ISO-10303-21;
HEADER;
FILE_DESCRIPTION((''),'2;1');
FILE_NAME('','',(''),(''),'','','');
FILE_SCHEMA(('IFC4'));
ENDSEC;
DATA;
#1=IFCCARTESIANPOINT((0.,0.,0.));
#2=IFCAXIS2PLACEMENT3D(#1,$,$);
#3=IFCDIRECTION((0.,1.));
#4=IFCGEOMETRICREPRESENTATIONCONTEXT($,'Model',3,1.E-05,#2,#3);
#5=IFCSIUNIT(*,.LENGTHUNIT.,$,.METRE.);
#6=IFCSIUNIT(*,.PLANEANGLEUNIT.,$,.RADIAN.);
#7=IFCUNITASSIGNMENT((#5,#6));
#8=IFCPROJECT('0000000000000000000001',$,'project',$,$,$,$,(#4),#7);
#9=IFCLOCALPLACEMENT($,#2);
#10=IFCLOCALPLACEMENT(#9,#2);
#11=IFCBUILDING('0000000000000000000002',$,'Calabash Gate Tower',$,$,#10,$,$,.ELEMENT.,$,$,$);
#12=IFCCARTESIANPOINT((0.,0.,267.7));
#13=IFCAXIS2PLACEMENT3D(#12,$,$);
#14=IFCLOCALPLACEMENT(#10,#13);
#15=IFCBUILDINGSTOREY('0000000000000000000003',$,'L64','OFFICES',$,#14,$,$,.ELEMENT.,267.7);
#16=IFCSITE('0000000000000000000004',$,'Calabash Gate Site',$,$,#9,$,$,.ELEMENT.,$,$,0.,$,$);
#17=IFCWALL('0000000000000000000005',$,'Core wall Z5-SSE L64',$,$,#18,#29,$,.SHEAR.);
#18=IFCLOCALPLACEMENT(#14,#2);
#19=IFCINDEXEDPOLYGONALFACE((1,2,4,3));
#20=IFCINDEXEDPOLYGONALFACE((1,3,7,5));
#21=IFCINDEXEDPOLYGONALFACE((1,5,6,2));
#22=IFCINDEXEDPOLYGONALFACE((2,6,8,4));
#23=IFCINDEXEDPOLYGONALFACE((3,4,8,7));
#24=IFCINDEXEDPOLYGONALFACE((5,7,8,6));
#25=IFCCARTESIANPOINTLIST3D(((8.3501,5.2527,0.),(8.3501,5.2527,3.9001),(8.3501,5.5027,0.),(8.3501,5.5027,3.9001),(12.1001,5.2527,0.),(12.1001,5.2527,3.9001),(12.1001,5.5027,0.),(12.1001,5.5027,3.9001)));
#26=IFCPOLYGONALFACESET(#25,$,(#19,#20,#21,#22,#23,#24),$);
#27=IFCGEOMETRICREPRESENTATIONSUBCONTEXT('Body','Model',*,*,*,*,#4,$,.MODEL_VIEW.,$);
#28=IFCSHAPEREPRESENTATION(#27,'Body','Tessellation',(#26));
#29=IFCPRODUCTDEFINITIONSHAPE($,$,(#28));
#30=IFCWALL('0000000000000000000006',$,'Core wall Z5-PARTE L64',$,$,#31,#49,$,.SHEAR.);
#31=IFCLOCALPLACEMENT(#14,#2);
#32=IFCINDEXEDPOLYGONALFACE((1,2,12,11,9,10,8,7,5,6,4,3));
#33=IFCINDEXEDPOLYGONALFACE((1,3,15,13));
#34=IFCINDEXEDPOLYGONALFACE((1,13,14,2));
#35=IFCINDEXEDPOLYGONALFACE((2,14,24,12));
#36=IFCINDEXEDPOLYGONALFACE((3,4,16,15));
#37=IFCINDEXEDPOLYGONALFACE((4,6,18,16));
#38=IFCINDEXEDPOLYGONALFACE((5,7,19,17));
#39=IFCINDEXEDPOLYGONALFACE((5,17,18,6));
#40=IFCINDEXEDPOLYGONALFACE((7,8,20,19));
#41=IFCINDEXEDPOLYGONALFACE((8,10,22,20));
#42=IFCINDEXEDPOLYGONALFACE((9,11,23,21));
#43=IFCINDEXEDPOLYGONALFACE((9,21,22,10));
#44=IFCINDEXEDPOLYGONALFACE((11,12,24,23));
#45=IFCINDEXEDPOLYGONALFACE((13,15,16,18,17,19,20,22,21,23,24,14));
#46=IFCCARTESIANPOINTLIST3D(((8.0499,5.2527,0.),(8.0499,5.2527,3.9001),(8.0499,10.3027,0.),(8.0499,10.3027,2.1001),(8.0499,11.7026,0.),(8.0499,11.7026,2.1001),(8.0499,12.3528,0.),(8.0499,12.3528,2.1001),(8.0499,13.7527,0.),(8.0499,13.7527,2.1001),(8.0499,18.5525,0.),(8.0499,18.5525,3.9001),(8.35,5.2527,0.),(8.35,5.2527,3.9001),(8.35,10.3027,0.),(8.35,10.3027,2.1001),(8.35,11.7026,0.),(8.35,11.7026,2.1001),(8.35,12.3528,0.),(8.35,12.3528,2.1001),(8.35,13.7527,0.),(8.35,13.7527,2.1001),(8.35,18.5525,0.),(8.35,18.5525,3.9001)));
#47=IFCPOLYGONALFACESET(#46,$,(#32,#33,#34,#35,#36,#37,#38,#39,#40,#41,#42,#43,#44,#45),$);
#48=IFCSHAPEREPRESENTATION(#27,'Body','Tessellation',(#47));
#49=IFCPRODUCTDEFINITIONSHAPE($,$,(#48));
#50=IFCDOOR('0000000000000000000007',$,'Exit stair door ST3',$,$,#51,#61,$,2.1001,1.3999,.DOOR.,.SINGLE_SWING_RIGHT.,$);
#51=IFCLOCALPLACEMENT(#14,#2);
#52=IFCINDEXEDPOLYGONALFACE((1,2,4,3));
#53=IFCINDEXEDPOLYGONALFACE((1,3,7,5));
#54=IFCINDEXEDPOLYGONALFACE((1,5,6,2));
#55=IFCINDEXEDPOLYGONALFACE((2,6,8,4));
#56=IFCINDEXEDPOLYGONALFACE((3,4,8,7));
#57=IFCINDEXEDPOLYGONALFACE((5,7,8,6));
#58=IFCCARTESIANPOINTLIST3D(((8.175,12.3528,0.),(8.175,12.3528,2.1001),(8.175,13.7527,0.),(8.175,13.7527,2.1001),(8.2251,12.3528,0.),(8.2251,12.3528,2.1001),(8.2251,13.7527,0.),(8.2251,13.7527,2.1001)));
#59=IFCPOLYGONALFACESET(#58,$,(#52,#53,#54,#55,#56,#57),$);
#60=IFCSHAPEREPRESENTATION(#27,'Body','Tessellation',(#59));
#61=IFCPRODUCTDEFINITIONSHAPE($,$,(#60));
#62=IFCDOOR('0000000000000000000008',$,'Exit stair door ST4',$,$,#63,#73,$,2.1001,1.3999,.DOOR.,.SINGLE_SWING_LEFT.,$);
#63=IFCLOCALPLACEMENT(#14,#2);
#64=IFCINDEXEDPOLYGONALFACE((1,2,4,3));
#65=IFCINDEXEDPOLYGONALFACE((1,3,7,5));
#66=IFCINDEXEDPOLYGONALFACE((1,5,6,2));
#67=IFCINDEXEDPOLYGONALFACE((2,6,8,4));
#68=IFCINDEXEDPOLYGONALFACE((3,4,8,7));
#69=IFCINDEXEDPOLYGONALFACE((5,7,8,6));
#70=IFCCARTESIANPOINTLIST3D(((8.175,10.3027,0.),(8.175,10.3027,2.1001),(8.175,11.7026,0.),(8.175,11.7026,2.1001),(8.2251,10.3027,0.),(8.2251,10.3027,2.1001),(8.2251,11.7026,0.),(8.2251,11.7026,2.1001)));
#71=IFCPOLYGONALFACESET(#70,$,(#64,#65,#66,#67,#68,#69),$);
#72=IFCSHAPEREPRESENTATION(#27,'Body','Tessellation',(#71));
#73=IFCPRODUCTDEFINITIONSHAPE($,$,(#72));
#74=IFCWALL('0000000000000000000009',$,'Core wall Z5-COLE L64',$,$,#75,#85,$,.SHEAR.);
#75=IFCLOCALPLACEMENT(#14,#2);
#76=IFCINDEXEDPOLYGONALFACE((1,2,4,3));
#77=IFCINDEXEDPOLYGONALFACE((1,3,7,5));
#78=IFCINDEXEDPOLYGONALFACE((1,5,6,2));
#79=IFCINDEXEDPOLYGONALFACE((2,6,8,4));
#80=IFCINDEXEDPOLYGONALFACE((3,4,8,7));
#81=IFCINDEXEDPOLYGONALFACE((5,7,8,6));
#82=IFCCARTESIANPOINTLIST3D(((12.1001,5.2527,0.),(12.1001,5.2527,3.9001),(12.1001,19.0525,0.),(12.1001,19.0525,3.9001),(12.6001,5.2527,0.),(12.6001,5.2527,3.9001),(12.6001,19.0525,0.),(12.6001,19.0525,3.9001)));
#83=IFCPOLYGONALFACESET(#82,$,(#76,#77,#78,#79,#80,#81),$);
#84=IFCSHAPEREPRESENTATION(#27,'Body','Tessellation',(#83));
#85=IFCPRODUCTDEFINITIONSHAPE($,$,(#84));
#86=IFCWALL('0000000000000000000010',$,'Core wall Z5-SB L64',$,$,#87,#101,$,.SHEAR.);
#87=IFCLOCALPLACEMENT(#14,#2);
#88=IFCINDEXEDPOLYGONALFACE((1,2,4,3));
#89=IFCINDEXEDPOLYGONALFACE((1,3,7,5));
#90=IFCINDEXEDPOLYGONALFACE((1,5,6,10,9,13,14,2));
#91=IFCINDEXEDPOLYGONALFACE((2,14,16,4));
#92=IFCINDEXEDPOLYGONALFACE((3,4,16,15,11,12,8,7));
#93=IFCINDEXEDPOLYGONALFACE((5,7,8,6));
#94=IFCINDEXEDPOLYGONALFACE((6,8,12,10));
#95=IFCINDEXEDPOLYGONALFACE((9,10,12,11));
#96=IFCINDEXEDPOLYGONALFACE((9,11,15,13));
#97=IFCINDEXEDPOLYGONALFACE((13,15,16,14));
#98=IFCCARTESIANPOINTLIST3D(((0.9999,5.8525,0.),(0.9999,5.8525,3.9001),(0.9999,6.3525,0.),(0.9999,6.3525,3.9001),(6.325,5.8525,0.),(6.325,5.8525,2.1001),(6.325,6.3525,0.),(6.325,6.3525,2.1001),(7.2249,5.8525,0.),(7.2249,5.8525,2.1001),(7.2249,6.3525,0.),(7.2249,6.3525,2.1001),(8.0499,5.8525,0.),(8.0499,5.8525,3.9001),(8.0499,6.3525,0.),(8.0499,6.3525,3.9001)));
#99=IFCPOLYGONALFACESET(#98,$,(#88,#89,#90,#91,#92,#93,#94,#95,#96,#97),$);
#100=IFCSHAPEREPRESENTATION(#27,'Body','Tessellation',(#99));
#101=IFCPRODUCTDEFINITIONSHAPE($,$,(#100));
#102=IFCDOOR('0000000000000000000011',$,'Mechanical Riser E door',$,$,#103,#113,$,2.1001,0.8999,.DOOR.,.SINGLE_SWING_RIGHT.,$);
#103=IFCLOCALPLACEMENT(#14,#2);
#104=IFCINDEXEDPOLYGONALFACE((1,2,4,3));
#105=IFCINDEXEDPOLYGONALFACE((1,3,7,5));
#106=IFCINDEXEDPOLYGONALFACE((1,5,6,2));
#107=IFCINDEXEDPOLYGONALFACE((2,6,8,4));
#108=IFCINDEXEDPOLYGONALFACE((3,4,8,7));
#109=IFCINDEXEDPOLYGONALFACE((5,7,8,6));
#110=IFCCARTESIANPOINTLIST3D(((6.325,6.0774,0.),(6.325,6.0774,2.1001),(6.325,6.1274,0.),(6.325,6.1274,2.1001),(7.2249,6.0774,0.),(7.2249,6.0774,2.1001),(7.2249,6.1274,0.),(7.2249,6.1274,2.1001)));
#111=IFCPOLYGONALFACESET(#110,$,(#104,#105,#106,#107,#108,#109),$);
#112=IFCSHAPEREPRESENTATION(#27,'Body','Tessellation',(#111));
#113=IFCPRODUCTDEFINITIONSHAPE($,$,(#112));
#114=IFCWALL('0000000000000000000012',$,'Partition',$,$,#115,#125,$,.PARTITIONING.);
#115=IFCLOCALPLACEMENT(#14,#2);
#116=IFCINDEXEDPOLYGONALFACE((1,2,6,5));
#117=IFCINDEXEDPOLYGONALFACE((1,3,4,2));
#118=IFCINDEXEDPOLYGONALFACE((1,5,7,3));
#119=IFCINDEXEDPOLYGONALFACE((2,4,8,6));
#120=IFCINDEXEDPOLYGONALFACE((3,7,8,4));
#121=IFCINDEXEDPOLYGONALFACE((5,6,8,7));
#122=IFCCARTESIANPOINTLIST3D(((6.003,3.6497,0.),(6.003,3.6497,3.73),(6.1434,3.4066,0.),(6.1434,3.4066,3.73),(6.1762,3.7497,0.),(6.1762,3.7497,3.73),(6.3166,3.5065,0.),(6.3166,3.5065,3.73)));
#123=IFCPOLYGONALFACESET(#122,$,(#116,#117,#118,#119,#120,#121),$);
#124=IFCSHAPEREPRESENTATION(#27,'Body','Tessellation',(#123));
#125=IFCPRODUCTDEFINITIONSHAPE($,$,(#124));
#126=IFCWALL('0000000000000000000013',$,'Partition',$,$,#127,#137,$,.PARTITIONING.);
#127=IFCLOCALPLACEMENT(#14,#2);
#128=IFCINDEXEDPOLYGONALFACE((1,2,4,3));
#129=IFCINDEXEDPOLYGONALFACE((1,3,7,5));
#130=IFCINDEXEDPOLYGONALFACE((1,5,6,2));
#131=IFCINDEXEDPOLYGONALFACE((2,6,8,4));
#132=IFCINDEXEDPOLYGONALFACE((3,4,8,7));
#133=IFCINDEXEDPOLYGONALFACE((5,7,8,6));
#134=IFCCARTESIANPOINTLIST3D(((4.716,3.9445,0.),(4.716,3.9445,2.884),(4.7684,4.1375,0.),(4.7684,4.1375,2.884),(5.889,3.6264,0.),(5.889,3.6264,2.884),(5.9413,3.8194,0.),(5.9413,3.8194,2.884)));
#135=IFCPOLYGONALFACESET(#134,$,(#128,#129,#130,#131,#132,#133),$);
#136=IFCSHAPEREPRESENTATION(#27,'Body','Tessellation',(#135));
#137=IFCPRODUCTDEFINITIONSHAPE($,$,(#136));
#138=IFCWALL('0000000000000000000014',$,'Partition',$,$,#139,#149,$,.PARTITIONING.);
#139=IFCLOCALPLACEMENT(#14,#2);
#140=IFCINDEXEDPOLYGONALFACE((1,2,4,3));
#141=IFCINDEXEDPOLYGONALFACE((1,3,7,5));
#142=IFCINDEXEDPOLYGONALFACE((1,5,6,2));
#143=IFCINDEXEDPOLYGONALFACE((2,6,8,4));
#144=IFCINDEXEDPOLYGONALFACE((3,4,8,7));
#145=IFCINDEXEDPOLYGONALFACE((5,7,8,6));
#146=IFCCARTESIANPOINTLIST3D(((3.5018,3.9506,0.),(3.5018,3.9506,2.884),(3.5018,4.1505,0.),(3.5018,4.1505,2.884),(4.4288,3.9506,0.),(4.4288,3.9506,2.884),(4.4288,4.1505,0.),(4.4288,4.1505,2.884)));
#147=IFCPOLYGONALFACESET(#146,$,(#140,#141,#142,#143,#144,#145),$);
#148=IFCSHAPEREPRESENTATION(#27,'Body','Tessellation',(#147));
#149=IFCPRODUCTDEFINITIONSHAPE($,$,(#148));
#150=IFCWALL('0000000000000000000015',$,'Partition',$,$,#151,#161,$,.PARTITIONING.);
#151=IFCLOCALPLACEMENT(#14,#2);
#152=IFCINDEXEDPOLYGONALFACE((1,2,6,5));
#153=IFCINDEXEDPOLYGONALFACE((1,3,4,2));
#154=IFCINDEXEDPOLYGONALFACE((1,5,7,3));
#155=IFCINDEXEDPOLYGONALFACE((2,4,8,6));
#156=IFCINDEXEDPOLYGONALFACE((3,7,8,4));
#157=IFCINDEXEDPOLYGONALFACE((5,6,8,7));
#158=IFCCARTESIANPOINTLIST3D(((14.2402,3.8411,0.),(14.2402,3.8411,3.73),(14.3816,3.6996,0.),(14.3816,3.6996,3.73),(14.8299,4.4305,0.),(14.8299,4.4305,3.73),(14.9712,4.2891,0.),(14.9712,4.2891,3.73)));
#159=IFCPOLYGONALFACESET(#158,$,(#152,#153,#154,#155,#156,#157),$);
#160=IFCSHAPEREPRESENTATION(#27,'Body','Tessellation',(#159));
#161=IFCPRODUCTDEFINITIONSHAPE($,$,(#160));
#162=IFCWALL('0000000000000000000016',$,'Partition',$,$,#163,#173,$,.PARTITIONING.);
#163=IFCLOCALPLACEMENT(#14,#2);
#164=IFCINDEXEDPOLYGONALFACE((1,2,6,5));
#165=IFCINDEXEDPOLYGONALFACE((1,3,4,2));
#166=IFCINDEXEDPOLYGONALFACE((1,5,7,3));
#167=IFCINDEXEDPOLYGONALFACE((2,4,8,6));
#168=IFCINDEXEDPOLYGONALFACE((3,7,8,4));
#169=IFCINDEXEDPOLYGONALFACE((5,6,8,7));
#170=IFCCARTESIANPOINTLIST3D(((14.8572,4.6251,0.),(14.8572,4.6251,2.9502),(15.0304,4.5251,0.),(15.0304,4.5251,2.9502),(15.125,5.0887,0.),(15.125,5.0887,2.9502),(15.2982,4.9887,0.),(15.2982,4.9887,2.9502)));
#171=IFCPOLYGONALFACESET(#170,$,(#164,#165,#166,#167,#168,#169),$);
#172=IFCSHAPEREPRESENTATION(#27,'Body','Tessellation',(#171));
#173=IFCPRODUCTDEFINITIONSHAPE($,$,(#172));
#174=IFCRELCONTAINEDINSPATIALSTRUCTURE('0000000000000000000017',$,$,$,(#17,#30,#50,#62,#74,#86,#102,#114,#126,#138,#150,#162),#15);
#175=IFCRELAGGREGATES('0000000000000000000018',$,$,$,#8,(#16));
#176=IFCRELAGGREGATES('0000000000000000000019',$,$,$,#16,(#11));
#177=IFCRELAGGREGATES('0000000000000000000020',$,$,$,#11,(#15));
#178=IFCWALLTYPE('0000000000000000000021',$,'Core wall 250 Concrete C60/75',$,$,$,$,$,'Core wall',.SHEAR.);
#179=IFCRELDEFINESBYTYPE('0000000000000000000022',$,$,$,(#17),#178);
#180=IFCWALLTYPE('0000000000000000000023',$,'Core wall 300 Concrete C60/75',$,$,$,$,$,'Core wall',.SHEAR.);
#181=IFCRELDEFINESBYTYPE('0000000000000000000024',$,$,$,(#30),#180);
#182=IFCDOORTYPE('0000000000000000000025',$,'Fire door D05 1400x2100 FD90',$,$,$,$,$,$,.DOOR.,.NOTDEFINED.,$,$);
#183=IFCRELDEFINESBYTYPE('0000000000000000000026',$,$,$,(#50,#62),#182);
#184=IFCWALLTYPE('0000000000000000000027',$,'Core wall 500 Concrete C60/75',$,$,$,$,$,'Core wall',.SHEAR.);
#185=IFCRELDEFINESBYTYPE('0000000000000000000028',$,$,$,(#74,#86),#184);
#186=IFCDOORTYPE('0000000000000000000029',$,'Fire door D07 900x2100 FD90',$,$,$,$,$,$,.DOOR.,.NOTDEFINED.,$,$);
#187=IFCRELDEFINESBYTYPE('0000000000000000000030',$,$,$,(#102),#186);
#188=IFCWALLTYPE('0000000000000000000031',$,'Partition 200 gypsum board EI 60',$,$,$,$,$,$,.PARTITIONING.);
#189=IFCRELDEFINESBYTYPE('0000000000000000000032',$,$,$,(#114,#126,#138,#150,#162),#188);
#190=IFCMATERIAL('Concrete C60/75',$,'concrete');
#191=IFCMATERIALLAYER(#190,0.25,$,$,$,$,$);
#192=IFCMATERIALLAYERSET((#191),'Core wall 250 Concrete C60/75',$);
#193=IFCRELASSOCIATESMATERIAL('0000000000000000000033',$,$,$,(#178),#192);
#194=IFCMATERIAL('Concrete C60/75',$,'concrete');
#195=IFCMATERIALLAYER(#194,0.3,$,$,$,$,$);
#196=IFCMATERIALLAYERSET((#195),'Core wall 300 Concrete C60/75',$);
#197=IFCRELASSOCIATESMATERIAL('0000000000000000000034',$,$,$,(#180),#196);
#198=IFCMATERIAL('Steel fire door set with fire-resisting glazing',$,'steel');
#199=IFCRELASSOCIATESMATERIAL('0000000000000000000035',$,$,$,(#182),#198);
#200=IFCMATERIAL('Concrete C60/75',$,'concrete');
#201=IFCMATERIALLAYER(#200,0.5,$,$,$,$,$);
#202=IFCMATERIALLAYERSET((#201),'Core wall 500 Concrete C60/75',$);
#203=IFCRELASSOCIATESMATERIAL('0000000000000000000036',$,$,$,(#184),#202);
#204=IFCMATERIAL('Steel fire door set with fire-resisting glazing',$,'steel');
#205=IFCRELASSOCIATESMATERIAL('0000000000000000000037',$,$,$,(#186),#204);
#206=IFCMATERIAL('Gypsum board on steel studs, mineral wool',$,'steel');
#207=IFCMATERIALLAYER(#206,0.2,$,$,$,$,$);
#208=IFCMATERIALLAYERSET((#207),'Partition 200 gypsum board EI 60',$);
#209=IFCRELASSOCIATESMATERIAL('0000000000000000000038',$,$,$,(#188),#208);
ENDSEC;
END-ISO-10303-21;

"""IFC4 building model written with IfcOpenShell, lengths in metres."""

from ifc_helpers import new_model, si_unit, direction, frame, frame_2d, origin, place, context, subcontext, project, spatial, rectangle, extrude, material, layer, layer_set, type_object, element, fill, save


model = new_model("IFC4")

# Units and contexts
model_context = context("Model", 3, precision=1e-05, world=origin(), true_north=direction((0.0, 1.0)))
body_context = subcontext(model_context, "Body", "Model", "MODEL_VIEW")
ifc_project = project(units=[si_unit("LENGTHUNIT", "METRE"), si_unit("PLANEANGLEUNIT", "RADIAN")], contexts=[model_context])

# Site, building, storey
site_placement = place(None, origin())
site = spatial("IfcSite", under=ifc_project, at=site_placement, Name="Calabash Gate Site", CompositionType="ELEMENT", RefElevation=0.0)
building_placement = place(site_placement, origin())
building = spatial("IfcBuilding", under=site, at=building_placement, Name="Calabash Gate Tower", CompositionType="ELEMENT")
storey_placement = place(building_placement, frame((0.0, 0.0, 267.7)))
storey = spatial("IfcBuildingStorey", under=building, at=storey_placement, Name="L64", Description="OFFICES", CompositionType="ELEMENT", Elevation=267.7)

# Wall
ifc_material_1 = material(Name="Concrete C60/75", Category="concrete")
ifc_layer_1 = layer(ifc_material_1, 0.25)
ifc_layer_set_1 = layer_set([ifc_layer_1], Name="Core wall 250 Concrete C60/75")
wall_type_1 = type_object("IfcWallType", Name="Core wall 250 Concrete C60/75", ElementType="Core wall", PredefinedType="SHEAR", material=ifc_layer_set_1)
wall_1_placement = place(storey_placement, frame((8.3501, 5.3777, 0.0), z_axis=(0.0, 0.0, 1.0), x_axis=(1.0, 0.0, 0.0)))
element("IfcWall", 1, at=wall_1_placement, inside=storey, type_object=wall_type_1, Name="Core wall Z5-SSE L64", PredefinedType="SHEAR", context=body_context, shape_type="SweptSolid", body=[
    extrude(rectangle(XDim=3.75, YDim=0.25, at=frame_2d((1.875, 0.0))), origin(), (0.0, 0.0, 1.0), 3.9001),
])

# Wall, openings, doors
ifc_material_2 = material(Name="Concrete C60/75", Category="concrete")
ifc_layer_2 = layer(ifc_material_2, 0.3)
ifc_layer_set_2 = layer_set([ifc_layer_2], Name="Core wall 300 Concrete C60/75")
wall_type_2 = type_object("IfcWallType", Name="Core wall 300 Concrete C60/75", ElementType="Core wall", PredefinedType="SHEAR", material=ifc_layer_set_2)
wall_2_placement = place(storey_placement, frame((8.2, 5.2527, 0.0), z_axis=(0.0, 0.0, 1.0), x_axis=(0.0, 1.0, 0.0)))
wall_2 = element("IfcWall", 2, at=wall_2_placement, inside=storey, type_object=wall_type_2, Name="Core wall Z5-PARTE L64", PredefinedType="SHEAR", context=body_context, shape_type="SweptSolid", body=[
    extrude(rectangle(XDim=13.2998, YDim=0.3, at=frame_2d((6.6499, 0.0))), origin(), (0.0, 0.0, 1.0), 3.9001),
])
opening_1_placement = place(wall_2_placement, frame((7.1001, 0.0, 0.0)))
opening_1 = element("IfcOpeningElement", 3, at=opening_1_placement, cuts=wall_2, PredefinedType="OPENING", context=body_context, shape_type="SweptSolid", body=[
    extrude(rectangle(XDim=1.3999, YDim=2.1001, at=frame_2d((0.7, 1.05))), frame((0.0, 0.1599, 0.0), z_axis=(0.0, -1.0, 0.0), x_axis=(1.0, 0.0, 0.0)), (0.0, 0.0, 1.0), 0.3201),
])
opening_2_placement = place(wall_2_placement, frame((5.05, 0.0, 0.0)))
opening_2 = element("IfcOpeningElement", 4, at=opening_2_placement, cuts=wall_2, PredefinedType="OPENING", context=body_context, shape_type="SweptSolid", body=[
    extrude(rectangle(XDim=1.3999, YDim=2.1001, at=frame_2d((0.7, 1.05))), frame((0.0, 0.1599, 0.0), z_axis=(0.0, -1.0, 0.0), x_axis=(1.0, 0.0, 0.0)), (0.0, 0.0, 1.0), 0.3201),
])
ifc_material_3 = material(Name="Steel fire door set with fire-resisting glazing", Category="steel")
door_type_1 = type_object("IfcDoorType", Name="Fire door D05 1400x2100 FD90", OperationType="NOTDEFINED", PredefinedType="DOOR", material=ifc_material_3)
door_1_placement = place(opening_1_placement, origin())
door_1 = element("IfcDoor", 5, at=door_1_placement, inside=storey, type_object=door_type_1, Name="Exit stair door ST3", OperationType="SINGLE_SWING_RIGHT", OverallHeight=2.1001, OverallWidth=1.3999, PredefinedType="DOOR", context=body_context, shape_type="SweptSolid", body=[
    extrude(rectangle(XDim=1.3999, YDim=2.1001, at=frame_2d((0.7, 1.05))), frame((0.0, 0.0249, 0.0), z_axis=(0.0, -1.0, 0.0), x_axis=(1.0, 0.0, 0.0)), (0.0, 0.0, 1.0), 0.05),
])
fill(opening_1, door_1)
door_2_placement = place(opening_2_placement, origin())
door_2 = element("IfcDoor", 6, at=door_2_placement, inside=storey, type_object=door_type_1, Name="Exit stair door ST4", OperationType="SINGLE_SWING_LEFT", OverallHeight=2.1001, OverallWidth=1.3999, PredefinedType="DOOR", context=body_context, shape_type="SweptSolid", body=[
    extrude(rectangle(XDim=1.3999, YDim=2.1001, at=frame_2d((0.7, 1.05))), frame((0.0, 0.0249, 0.0), z_axis=(0.0, -1.0, 0.0), x_axis=(1.0, 0.0, 0.0)), (0.0, 0.0, 1.0), 0.05),
])
fill(opening_2, door_2)

# Wall
ifc_material_4 = material(Name="Concrete C60/75", Category="concrete")
ifc_layer_3 = layer(ifc_material_4, 0.5)
ifc_layer_set_3 = layer_set([ifc_layer_3], Name="Core wall 500 Concrete C60/75")
wall_type_3 = type_object("IfcWallType", Name="Core wall 500 Concrete C60/75", ElementType="Core wall", PredefinedType="SHEAR", material=ifc_layer_set_3)
wall_3_placement = place(storey_placement, frame((12.3501, 5.2527, 0.0), z_axis=(0.0, 0.0, 1.0), x_axis=(0.0, 1.0, 0.0)))
element("IfcWall", 7, at=wall_3_placement, inside=storey, type_object=wall_type_3, Name="Core wall Z5-COLE L64", PredefinedType="SHEAR", context=body_context, shape_type="SweptSolid", body=[
    extrude(rectangle(XDim=13.7998, YDim=0.5, at=frame_2d((6.8999, 0.0))), origin(), (0.0, 0.0, 1.0), 3.9001),
])

# Wall, opening, door
wall_4_placement = place(storey_placement, frame((1.0, 6.1025, 0.0), z_axis=(0.0, 0.0, 1.0), x_axis=(1.0, 0.0, 0.0)))
wall_4 = element("IfcWall", 8, at=wall_4_placement, inside=storey, type_object=wall_type_3, Name="Core wall Z5-SB L64", PredefinedType="SHEAR", context=body_context, shape_type="SweptSolid", body=[
    extrude(rectangle(XDim=7.05, YDim=0.5, at=frame_2d((3.5249, 0.0))), origin(), (0.0, 0.0, 1.0), 3.9001),
])
opening_3_placement = place(wall_4_placement, frame((5.325, 0.0, 0.0)))
opening_3 = element("IfcOpeningElement", 9, at=opening_3_placement, cuts=wall_4, PredefinedType="OPENING", context=body_context, shape_type="SweptSolid", body=[
    extrude(rectangle(XDim=0.8999, YDim=2.1001, at=frame_2d((0.45, 1.05))), frame((0.0, 0.26, 0.0), z_axis=(0.0, -1.0, 0.0), x_axis=(1.0, 0.0, 0.0)), (0.0, 0.0, 1.0), 0.52),
])
ifc_material_5 = material(Name="Steel fire door set with fire-resisting glazing", Category="steel")
door_type_2 = type_object("IfcDoorType", Name="Fire door D07 900x2100 FD90", OperationType="NOTDEFINED", PredefinedType="DOOR", material=ifc_material_5)
door_3_placement = place(opening_3_placement, origin())
door_3 = element("IfcDoor", 10, at=door_3_placement, inside=storey, type_object=door_type_2, Name="Mechanical Riser E door", OperationType="SINGLE_SWING_RIGHT", OverallHeight=2.1001, OverallWidth=0.8999, PredefinedType="DOOR", context=body_context, shape_type="SweptSolid", body=[
    extrude(rectangle(XDim=0.8999, YDim=2.1001, at=frame_2d((0.45, 1.05))), frame((0.0, 0.0249, 0.0), z_axis=(0.0, -1.0, 0.0), x_axis=(1.0, 0.0, 0.0)), (0.0, 0.0, 1.0), 0.05),
])
fill(opening_3, door_3)

# Wall
ifc_material_6 = material(Name="Gypsum board on steel studs, mineral wool", Category="steel")
ifc_layer_4 = layer(ifc_material_6, 0.2)
ifc_layer_set_4 = layer_set([ifc_layer_4], Name="Partition 200 gypsum board EI 60")
wall_type_4 = type_object("IfcWallType", Name="Partition 200 gypsum board EI 60", PredefinedType="PARTITIONING", material=ifc_layer_set_4)
wall_5_placement = place(storey_placement, frame((6.0896, 3.6997, 0.0), z_axis=(0.0, 0.0, 1.0), x_axis=(0.499973, -0.866041, 0.0)))
element("IfcWall", 11, at=wall_5_placement, inside=storey, type_object=wall_type_4, Name="Partition", PredefinedType="PARTITIONING", context=body_context, shape_type="SweptSolid", body=[
    extrude(rectangle(XDim=0.2808, YDim=0.2, at=frame_2d((0.1404, 0.0))), origin(), (0.0, 0.0, 1.0), 3.73),
])

# Walls
wall_6_placement = place(storey_placement, frame((4.7422, 4.041, 0.0), z_axis=(0.0, 0.0, 1.0), x_axis=(0.965129, -0.261774, 0.0)))
element("IfcWall", 12, at=wall_6_placement, inside=storey, type_object=wall_type_4, Name="Partition", PredefinedType="PARTITIONING", context=body_context, shape_type="SweptSolid", body=[
    extrude(rectangle(XDim=1.2153, YDim=0.2, at=frame_2d((0.6077, 0.0))), origin(), (0.0, 0.0, 1.0), 2.884),
])
wall_7_placement = place(storey_placement, frame((3.502, 4.0505, 0.0), z_axis=(0.0, 0.0, 1.0), x_axis=(1.0, 0.0, 0.0)))
element("IfcWall", 13, at=wall_7_placement, inside=storey, type_object=wall_type_4, Name="Partition", PredefinedType="PARTITIONING", context=body_context, shape_type="SweptSolid", body=[
    extrude(rectangle(XDim=0.927, YDim=0.2, at=frame_2d((0.4634, 0.0))), origin(), (0.0, 0.0, 1.0), 2.884),
])
wall_8_placement = place(storey_placement, frame((14.3108, 3.7703, 0.0), z_axis=(0.0, 0.0, 1.0), x_axis=(0.707253, 0.70696, 0.0)))
element("IfcWall", 14, at=wall_8_placement, inside=storey, type_object=wall_type_4, Name="Partition", PredefinedType="PARTITIONING", context=body_context, shape_type="SweptSolid", body=[
    extrude(rectangle(XDim=0.8337, YDim=0.2, at=frame_2d((0.417, 0.0))), origin(), (0.0, 0.0, 1.0), 3.73),
])
wall_9_placement = place(storey_placement, frame((14.9438, 4.5752, 0.0), z_axis=(0.0, 0.0, 1.0), x_axis=(0.500209, 0.865905, 0.0)))
element("IfcWall", 15, at=wall_9_placement, inside=storey, type_object=wall_type_4, Name="Partition", PredefinedType="PARTITIONING", context=body_context, shape_type="SweptSolid", body=[
    extrude(rectangle(XDim=0.5354, YDim=0.2, at=frame_2d((0.2676, 0.0))), origin(), (0.0, 0.0, 1.0), 2.9502),
])

save(model, "model.ifc")
